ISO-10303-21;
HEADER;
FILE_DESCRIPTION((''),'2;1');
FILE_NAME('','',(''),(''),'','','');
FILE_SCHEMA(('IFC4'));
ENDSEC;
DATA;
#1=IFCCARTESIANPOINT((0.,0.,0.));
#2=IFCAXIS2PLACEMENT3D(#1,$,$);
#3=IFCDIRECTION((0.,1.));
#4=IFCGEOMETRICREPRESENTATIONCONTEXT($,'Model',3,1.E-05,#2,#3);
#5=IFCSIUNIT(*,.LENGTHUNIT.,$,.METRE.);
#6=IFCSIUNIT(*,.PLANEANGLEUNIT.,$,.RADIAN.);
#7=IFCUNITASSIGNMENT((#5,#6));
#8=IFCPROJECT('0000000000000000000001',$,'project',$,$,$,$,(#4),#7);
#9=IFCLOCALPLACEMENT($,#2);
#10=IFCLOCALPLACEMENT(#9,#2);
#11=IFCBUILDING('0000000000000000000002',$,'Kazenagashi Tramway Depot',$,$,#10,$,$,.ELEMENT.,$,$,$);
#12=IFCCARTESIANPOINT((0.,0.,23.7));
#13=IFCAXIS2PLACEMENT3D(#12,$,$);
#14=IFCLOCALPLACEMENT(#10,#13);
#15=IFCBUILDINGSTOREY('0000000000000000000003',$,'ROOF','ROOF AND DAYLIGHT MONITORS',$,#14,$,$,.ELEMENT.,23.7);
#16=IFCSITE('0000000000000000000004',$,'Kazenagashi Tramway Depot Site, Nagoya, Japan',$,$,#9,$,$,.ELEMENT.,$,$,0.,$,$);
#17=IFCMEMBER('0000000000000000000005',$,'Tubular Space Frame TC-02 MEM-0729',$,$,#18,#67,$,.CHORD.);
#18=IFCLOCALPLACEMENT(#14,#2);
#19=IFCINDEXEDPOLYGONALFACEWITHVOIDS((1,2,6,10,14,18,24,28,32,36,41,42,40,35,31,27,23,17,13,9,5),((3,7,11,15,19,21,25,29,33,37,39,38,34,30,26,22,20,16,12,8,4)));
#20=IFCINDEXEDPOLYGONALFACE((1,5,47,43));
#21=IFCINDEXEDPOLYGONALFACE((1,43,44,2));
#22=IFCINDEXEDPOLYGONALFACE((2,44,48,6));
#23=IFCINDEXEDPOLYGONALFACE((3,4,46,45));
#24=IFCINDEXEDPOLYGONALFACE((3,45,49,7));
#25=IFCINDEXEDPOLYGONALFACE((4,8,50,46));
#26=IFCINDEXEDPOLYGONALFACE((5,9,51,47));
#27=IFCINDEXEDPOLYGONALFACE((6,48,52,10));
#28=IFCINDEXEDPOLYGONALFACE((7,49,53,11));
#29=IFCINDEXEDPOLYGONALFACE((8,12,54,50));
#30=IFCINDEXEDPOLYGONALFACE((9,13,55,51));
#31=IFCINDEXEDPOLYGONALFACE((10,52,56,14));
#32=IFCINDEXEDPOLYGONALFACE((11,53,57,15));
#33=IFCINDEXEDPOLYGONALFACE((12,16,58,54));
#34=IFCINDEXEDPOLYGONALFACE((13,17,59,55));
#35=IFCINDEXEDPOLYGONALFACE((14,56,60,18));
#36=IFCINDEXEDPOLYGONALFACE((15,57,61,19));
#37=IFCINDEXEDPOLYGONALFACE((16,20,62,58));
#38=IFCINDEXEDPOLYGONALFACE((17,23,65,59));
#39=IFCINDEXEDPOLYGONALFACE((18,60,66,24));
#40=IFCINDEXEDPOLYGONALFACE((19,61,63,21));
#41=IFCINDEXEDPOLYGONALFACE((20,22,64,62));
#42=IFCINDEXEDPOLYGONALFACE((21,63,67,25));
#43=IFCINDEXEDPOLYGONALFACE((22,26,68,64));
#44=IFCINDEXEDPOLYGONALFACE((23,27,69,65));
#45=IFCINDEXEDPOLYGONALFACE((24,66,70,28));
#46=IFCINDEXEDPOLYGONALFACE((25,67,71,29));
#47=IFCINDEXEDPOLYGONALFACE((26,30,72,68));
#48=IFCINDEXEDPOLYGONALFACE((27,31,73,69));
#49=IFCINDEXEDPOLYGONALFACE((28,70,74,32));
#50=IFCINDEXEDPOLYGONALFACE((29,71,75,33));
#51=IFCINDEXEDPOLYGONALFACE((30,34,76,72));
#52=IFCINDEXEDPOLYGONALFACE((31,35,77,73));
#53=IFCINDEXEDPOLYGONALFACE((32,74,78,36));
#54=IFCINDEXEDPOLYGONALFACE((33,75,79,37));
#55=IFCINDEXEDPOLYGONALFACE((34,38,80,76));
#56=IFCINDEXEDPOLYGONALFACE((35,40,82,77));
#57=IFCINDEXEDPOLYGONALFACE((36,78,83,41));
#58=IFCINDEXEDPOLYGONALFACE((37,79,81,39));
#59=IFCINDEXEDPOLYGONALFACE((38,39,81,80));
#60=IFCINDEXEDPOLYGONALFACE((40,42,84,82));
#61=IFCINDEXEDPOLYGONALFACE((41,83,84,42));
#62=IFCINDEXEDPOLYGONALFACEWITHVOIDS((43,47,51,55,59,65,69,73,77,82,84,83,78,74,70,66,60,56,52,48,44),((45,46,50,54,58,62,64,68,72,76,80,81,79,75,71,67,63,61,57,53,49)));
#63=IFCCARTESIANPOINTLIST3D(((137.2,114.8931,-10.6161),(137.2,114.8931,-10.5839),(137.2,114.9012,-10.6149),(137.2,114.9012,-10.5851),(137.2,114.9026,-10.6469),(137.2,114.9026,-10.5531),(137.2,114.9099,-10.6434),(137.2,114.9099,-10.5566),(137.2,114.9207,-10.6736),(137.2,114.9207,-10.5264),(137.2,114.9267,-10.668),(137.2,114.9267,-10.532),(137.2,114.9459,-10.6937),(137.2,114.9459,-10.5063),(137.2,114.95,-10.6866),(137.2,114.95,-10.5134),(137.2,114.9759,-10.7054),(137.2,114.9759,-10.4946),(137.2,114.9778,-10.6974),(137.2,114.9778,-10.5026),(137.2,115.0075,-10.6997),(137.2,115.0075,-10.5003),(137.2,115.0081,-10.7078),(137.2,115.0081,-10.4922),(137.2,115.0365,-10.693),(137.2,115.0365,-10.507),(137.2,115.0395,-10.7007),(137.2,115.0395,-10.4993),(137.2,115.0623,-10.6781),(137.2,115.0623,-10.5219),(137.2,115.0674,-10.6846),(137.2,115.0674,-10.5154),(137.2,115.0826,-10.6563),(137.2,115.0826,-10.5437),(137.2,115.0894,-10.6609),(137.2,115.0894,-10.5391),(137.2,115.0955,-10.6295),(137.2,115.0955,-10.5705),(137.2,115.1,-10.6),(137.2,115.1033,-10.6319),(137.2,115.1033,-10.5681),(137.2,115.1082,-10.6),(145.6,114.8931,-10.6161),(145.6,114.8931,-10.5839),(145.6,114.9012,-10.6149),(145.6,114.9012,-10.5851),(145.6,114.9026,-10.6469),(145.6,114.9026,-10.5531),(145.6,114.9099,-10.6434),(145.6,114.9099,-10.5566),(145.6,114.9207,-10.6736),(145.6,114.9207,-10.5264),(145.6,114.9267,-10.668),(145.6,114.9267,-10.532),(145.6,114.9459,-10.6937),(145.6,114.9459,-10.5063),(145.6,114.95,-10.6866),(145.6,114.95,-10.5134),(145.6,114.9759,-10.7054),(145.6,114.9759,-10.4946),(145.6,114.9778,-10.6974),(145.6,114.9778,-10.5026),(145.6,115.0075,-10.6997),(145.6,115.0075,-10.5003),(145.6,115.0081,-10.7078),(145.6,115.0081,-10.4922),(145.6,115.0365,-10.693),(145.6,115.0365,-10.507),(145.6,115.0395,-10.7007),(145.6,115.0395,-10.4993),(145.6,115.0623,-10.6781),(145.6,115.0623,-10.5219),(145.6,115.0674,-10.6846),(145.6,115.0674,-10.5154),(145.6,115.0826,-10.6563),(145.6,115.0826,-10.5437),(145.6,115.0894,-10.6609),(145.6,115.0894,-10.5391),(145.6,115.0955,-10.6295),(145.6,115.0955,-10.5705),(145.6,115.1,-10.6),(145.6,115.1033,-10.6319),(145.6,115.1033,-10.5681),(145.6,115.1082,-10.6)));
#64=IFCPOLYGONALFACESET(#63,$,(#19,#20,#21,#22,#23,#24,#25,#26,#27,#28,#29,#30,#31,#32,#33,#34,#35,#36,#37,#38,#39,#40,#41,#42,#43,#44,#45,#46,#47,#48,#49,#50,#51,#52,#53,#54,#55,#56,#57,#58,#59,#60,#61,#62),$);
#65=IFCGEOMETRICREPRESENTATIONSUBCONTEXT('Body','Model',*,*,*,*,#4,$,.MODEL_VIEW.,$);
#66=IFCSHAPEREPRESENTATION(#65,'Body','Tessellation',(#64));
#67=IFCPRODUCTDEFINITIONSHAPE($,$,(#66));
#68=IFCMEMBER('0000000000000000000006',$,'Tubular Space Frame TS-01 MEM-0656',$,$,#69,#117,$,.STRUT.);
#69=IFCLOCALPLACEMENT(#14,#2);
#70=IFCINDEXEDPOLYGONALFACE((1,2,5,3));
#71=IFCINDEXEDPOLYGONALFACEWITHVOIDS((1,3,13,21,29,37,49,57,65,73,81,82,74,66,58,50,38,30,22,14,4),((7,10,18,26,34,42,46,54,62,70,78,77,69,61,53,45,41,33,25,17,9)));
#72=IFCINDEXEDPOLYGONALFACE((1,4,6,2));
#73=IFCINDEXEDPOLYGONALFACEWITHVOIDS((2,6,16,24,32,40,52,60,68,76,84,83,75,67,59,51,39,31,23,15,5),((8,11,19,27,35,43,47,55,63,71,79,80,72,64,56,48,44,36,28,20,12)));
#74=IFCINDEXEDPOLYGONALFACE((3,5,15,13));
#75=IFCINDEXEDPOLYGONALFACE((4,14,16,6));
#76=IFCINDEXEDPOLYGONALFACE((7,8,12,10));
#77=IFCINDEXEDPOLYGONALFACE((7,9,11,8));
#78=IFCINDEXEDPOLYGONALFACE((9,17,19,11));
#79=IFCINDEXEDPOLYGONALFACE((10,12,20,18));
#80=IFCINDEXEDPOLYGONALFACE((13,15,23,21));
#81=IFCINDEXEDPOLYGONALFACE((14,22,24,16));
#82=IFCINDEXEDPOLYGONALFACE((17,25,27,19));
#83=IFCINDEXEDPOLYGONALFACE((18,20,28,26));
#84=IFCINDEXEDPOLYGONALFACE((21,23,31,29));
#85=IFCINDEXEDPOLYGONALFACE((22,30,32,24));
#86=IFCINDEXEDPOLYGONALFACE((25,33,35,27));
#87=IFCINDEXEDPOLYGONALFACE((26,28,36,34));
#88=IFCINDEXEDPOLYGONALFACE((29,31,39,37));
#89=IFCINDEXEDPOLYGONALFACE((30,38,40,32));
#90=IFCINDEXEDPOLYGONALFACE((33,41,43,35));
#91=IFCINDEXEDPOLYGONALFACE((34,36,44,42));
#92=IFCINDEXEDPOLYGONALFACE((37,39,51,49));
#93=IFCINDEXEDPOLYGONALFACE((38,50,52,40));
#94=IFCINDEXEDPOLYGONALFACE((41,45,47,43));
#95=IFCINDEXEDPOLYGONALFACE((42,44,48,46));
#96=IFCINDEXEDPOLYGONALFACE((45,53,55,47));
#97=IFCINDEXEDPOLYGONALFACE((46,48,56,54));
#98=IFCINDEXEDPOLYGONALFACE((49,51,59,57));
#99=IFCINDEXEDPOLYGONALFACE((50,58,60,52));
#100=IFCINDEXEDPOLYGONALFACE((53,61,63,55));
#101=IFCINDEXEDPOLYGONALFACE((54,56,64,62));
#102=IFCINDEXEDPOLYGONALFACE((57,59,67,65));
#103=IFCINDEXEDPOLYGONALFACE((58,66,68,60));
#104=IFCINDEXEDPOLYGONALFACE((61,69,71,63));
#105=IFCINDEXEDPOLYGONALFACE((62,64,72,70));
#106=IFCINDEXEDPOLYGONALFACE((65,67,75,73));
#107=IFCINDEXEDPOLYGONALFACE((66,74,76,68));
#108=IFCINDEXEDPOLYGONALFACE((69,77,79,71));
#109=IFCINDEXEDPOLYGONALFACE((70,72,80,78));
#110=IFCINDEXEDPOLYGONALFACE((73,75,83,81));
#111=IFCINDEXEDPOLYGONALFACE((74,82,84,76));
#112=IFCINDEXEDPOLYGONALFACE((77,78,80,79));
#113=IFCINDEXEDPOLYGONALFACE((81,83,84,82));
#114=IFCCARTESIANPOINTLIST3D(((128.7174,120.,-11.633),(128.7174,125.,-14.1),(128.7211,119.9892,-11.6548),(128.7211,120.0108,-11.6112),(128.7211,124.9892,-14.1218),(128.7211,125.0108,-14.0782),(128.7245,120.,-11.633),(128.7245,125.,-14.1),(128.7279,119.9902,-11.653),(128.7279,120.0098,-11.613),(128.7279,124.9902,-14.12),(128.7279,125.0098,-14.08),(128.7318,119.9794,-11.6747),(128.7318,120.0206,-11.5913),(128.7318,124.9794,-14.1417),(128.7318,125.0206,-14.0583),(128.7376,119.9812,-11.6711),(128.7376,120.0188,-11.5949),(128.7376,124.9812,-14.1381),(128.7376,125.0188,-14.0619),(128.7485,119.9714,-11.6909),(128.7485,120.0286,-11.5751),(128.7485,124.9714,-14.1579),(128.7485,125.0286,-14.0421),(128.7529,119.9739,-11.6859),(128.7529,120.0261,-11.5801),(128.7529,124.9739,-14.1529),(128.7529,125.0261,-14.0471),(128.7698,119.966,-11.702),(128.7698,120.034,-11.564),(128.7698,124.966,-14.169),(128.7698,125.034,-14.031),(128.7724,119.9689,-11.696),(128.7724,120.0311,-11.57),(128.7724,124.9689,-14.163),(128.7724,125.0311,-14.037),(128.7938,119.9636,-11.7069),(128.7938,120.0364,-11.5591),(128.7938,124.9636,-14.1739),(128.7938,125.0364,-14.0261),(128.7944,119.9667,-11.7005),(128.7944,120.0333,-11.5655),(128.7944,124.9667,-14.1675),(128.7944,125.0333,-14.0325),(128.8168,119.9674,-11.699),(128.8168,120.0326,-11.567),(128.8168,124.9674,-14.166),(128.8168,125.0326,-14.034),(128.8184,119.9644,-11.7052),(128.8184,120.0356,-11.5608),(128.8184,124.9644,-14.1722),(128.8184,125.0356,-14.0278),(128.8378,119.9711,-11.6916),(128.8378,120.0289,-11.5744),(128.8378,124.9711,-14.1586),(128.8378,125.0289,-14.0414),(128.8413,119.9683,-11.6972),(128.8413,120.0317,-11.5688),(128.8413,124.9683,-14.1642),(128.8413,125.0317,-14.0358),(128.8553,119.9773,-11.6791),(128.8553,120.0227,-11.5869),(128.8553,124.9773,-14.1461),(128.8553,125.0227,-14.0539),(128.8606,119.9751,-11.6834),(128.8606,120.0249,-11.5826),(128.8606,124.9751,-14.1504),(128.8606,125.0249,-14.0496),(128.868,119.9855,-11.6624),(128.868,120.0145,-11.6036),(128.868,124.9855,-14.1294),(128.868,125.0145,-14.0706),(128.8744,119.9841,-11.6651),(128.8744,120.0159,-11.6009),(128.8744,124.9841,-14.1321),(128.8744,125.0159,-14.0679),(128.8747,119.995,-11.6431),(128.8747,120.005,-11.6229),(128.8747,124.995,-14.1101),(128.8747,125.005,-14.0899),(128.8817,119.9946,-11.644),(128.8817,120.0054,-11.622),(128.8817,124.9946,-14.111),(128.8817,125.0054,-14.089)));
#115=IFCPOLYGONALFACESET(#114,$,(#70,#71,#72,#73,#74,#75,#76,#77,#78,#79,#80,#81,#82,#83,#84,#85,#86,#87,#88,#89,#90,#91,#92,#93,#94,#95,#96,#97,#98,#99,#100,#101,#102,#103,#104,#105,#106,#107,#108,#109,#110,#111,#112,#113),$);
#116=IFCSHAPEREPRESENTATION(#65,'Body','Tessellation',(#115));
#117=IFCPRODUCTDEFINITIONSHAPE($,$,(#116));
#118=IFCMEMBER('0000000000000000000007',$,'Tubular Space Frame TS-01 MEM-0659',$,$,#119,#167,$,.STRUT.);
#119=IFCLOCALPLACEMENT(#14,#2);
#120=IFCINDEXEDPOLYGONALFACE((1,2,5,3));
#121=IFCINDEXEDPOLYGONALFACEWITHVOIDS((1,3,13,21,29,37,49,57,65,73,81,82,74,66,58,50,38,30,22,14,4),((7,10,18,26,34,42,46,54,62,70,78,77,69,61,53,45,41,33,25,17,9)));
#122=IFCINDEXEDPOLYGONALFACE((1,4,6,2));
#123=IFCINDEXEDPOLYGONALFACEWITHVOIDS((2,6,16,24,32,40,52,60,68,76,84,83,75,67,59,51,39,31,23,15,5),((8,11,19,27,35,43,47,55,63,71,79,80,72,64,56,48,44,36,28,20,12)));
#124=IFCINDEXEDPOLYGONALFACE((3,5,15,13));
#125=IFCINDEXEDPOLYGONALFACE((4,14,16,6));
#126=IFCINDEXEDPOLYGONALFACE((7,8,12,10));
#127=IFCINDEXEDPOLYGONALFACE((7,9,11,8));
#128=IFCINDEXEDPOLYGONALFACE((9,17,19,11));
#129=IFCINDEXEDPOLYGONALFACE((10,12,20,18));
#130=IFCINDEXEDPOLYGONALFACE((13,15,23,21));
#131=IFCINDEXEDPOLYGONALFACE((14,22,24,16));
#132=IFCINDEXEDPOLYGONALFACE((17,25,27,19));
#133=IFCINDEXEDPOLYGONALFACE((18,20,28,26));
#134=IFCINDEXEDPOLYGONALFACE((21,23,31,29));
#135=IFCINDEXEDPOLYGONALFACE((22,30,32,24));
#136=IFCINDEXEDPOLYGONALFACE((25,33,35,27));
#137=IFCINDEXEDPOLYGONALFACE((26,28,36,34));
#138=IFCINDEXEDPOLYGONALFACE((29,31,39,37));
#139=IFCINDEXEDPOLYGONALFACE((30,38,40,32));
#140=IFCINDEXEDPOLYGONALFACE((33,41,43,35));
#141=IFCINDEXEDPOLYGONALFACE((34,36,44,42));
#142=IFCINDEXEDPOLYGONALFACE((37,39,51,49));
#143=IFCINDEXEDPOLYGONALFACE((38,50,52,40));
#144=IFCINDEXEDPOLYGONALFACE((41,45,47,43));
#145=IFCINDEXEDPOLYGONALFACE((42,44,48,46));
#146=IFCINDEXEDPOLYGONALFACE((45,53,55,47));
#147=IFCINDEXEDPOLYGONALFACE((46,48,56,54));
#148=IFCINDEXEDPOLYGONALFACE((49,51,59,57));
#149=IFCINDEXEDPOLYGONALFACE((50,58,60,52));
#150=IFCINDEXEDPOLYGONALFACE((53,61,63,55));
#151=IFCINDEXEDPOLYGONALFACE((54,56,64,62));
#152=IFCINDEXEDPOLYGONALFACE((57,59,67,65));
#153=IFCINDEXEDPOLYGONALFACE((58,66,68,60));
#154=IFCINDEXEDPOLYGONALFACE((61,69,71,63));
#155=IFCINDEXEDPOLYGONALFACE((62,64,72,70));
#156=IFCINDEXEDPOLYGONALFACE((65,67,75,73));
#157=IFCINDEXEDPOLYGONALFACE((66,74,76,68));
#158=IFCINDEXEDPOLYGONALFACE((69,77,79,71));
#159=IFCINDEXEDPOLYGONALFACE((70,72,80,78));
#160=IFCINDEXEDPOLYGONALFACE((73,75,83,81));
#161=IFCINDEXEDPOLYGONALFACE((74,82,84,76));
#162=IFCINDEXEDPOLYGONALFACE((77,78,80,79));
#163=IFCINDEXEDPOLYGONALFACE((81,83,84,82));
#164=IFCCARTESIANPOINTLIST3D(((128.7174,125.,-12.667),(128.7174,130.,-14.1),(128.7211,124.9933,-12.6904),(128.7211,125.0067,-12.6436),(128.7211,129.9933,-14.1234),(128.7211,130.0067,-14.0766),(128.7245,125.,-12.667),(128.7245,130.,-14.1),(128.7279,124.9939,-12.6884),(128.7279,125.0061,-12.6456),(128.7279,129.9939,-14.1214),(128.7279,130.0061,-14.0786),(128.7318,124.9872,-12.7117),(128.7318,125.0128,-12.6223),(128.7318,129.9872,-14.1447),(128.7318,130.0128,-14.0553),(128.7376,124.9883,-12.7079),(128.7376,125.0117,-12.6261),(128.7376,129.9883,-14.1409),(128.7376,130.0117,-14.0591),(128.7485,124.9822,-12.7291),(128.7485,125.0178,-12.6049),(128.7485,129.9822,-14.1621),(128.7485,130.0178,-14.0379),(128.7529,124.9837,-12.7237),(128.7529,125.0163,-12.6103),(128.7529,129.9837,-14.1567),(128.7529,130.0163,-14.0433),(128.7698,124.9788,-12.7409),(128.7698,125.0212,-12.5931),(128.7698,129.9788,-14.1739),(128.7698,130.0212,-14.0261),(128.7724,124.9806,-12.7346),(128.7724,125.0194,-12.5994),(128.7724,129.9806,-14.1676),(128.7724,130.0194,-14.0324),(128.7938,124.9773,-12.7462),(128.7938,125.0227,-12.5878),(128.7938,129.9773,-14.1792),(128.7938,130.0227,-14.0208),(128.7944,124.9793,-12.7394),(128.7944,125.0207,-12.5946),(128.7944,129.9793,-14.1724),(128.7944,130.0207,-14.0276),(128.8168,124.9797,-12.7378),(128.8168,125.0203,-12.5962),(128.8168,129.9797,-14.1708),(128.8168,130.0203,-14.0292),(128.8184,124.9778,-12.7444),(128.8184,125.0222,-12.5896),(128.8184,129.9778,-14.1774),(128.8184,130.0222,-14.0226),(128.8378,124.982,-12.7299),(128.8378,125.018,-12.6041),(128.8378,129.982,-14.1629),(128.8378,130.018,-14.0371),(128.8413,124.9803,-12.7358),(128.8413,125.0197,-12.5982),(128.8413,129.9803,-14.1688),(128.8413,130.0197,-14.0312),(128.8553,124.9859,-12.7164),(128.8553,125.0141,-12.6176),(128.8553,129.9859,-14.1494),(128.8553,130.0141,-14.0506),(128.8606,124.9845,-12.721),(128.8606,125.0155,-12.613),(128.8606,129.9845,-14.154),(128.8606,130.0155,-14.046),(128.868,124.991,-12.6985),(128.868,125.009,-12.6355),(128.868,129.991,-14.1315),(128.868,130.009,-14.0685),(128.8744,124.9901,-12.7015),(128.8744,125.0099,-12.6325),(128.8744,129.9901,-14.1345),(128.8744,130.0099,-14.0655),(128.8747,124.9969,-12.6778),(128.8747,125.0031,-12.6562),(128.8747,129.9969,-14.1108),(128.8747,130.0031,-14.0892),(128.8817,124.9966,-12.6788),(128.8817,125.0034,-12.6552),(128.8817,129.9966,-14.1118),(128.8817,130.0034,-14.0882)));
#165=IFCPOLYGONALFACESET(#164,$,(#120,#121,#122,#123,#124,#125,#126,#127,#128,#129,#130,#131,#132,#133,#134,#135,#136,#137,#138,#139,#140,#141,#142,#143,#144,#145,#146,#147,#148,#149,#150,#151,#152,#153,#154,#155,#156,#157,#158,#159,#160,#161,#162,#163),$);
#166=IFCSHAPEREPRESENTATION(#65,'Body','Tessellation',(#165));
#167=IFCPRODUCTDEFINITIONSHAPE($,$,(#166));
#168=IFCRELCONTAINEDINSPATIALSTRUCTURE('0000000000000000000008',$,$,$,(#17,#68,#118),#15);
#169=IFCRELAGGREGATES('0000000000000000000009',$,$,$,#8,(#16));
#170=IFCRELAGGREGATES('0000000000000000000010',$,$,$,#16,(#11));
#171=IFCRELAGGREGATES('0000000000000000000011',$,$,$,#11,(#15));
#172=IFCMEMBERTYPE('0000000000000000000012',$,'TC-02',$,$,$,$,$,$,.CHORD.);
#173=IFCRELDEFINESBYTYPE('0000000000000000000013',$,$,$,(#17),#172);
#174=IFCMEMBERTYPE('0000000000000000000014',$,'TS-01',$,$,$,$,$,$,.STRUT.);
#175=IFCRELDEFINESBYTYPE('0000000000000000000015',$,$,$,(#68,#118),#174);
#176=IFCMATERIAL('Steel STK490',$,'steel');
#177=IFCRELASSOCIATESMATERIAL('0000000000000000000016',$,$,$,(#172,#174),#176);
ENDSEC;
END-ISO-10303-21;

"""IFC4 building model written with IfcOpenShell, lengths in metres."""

from ifc_helpers import new_model, si_unit, direction, frame, origin, origin_2d, place, context, subcontext, project, spatial, hollow_circle, extrude, material, material_profile, profile_set, type_object, element, save


model = new_model("IFC4")

# Units and contexts
model_context = context("Model", 3, precision=1e-05, world=origin(), true_north=direction((0.0, 1.0)))
body_context = subcontext(model_context, "Body", "Model", "MODEL_VIEW")
ifc_project = project(units=[si_unit("LENGTHUNIT", "METRE"), si_unit("PLANEANGLEUNIT", "RADIAN")], contexts=[model_context])

# Site, building, storey
site_placement = place(None, origin())
site = spatial("IfcSite", under=ifc_project, at=site_placement, Name="Kazenagashi Tramway Depot Site, Nagoya, Japan", CompositionType="ELEMENT", RefElevation=0.0)
building_placement = place(site_placement, origin())
building = spatial("IfcBuilding", under=site, at=building_placement, Name="Kazenagashi Tramway Depot", CompositionType="ELEMENT")
storey_placement = place(building_placement, frame((0.0, 0.0, 23.7)))
storey = spatial("IfcBuildingStorey", under=building, at=storey_placement, Name="ROOF", Description="ROOF AND DAYLIGHT MONITORS", CompositionType="ELEMENT", Elevation=23.7)

# Members
ifc_material_1 = material(Name="Steel STK490", Category="steel")
ifc_material_profile_1 = material_profile(ifc_material_1, hollow_circle(Radius=0.1081, WallThickness=0.0082, at=origin_2d()), Name="CHS-216.3x8.2")
ifc_profile_set_1 = profile_set([ifc_material_profile_1], Name="Steel STK490")
member_type_1 = type_object("IfcMemberType", Name="TC-02", PredefinedType="CHORD", material=ifc_profile_set_1)
member_1_placement = place(storey_placement, frame((137.2, 115.0, -10.6), z_axis=(1.0, 0.0, 0.0), x_axis=(0.0, 1.0, 0.0)))
element("IfcMember", 1, at=member_1_placement, inside=storey, type_object=member_type_1, Name="Tubular Space Frame TC-02 MEM-0729", PredefinedType="CHORD", context=body_context, shape_type="SweptSolid", body=[
    extrude(hollow_circle(Radius=0.1081, WallThickness=0.0082, at=origin_2d()), origin(), (0.0, 0.0, 1.0), 8.4),
])
ifc_material_profile_2 = material_profile(ifc_material_1, hollow_circle(Radius=0.0826, WallThickness=0.0071, at=origin_2d()), Name="CHS-165.2x7.1")
ifc_profile_set_2 = profile_set([ifc_material_profile_2], Name="Steel STK490")
member_type_2 = type_object("IfcMemberType", Name="TS-01", PredefinedType="STRUT", material=ifc_profile_set_2)
member_2_placement = place(storey_placement, frame((128.8, 120.0, -11.633), z_axis=(0.0, 0.896782, -0.442472), x_axis=(-1.0, 0.0, 0.0)))
element("IfcMember", 2, at=member_2_placement, inside=storey, type_object=member_type_2, Name="Tubular Space Frame TS-01 MEM-0656", PredefinedType="STRUT", context=body_context, shape_type="SweptSolid", body=[
    extrude(hollow_circle(Radius=0.0826, WallThickness=0.0071, at=origin_2d()), origin(), (0.0, 0.0, 1.0), 5.5755),
])
member_3_placement = place(storey_placement, frame((128.8, 125.0, -12.667), z_axis=(0.0, 0.961299, -0.275508), x_axis=(-1.0, 0.0, 0.0)))
element("IfcMember", 3, at=member_3_placement, inside=storey, type_object=member_type_2, Name="Tubular Space Frame TS-01 MEM-0659", PredefinedType="STRUT", context=body_context, shape_type="SweptSolid", body=[
    extrude(hollow_circle(Radius=0.0826, WallThickness=0.0071, at=origin_2d()), origin(), (0.0, 0.0, 1.0), 5.2013),
])

save(model, "model.ifc")
